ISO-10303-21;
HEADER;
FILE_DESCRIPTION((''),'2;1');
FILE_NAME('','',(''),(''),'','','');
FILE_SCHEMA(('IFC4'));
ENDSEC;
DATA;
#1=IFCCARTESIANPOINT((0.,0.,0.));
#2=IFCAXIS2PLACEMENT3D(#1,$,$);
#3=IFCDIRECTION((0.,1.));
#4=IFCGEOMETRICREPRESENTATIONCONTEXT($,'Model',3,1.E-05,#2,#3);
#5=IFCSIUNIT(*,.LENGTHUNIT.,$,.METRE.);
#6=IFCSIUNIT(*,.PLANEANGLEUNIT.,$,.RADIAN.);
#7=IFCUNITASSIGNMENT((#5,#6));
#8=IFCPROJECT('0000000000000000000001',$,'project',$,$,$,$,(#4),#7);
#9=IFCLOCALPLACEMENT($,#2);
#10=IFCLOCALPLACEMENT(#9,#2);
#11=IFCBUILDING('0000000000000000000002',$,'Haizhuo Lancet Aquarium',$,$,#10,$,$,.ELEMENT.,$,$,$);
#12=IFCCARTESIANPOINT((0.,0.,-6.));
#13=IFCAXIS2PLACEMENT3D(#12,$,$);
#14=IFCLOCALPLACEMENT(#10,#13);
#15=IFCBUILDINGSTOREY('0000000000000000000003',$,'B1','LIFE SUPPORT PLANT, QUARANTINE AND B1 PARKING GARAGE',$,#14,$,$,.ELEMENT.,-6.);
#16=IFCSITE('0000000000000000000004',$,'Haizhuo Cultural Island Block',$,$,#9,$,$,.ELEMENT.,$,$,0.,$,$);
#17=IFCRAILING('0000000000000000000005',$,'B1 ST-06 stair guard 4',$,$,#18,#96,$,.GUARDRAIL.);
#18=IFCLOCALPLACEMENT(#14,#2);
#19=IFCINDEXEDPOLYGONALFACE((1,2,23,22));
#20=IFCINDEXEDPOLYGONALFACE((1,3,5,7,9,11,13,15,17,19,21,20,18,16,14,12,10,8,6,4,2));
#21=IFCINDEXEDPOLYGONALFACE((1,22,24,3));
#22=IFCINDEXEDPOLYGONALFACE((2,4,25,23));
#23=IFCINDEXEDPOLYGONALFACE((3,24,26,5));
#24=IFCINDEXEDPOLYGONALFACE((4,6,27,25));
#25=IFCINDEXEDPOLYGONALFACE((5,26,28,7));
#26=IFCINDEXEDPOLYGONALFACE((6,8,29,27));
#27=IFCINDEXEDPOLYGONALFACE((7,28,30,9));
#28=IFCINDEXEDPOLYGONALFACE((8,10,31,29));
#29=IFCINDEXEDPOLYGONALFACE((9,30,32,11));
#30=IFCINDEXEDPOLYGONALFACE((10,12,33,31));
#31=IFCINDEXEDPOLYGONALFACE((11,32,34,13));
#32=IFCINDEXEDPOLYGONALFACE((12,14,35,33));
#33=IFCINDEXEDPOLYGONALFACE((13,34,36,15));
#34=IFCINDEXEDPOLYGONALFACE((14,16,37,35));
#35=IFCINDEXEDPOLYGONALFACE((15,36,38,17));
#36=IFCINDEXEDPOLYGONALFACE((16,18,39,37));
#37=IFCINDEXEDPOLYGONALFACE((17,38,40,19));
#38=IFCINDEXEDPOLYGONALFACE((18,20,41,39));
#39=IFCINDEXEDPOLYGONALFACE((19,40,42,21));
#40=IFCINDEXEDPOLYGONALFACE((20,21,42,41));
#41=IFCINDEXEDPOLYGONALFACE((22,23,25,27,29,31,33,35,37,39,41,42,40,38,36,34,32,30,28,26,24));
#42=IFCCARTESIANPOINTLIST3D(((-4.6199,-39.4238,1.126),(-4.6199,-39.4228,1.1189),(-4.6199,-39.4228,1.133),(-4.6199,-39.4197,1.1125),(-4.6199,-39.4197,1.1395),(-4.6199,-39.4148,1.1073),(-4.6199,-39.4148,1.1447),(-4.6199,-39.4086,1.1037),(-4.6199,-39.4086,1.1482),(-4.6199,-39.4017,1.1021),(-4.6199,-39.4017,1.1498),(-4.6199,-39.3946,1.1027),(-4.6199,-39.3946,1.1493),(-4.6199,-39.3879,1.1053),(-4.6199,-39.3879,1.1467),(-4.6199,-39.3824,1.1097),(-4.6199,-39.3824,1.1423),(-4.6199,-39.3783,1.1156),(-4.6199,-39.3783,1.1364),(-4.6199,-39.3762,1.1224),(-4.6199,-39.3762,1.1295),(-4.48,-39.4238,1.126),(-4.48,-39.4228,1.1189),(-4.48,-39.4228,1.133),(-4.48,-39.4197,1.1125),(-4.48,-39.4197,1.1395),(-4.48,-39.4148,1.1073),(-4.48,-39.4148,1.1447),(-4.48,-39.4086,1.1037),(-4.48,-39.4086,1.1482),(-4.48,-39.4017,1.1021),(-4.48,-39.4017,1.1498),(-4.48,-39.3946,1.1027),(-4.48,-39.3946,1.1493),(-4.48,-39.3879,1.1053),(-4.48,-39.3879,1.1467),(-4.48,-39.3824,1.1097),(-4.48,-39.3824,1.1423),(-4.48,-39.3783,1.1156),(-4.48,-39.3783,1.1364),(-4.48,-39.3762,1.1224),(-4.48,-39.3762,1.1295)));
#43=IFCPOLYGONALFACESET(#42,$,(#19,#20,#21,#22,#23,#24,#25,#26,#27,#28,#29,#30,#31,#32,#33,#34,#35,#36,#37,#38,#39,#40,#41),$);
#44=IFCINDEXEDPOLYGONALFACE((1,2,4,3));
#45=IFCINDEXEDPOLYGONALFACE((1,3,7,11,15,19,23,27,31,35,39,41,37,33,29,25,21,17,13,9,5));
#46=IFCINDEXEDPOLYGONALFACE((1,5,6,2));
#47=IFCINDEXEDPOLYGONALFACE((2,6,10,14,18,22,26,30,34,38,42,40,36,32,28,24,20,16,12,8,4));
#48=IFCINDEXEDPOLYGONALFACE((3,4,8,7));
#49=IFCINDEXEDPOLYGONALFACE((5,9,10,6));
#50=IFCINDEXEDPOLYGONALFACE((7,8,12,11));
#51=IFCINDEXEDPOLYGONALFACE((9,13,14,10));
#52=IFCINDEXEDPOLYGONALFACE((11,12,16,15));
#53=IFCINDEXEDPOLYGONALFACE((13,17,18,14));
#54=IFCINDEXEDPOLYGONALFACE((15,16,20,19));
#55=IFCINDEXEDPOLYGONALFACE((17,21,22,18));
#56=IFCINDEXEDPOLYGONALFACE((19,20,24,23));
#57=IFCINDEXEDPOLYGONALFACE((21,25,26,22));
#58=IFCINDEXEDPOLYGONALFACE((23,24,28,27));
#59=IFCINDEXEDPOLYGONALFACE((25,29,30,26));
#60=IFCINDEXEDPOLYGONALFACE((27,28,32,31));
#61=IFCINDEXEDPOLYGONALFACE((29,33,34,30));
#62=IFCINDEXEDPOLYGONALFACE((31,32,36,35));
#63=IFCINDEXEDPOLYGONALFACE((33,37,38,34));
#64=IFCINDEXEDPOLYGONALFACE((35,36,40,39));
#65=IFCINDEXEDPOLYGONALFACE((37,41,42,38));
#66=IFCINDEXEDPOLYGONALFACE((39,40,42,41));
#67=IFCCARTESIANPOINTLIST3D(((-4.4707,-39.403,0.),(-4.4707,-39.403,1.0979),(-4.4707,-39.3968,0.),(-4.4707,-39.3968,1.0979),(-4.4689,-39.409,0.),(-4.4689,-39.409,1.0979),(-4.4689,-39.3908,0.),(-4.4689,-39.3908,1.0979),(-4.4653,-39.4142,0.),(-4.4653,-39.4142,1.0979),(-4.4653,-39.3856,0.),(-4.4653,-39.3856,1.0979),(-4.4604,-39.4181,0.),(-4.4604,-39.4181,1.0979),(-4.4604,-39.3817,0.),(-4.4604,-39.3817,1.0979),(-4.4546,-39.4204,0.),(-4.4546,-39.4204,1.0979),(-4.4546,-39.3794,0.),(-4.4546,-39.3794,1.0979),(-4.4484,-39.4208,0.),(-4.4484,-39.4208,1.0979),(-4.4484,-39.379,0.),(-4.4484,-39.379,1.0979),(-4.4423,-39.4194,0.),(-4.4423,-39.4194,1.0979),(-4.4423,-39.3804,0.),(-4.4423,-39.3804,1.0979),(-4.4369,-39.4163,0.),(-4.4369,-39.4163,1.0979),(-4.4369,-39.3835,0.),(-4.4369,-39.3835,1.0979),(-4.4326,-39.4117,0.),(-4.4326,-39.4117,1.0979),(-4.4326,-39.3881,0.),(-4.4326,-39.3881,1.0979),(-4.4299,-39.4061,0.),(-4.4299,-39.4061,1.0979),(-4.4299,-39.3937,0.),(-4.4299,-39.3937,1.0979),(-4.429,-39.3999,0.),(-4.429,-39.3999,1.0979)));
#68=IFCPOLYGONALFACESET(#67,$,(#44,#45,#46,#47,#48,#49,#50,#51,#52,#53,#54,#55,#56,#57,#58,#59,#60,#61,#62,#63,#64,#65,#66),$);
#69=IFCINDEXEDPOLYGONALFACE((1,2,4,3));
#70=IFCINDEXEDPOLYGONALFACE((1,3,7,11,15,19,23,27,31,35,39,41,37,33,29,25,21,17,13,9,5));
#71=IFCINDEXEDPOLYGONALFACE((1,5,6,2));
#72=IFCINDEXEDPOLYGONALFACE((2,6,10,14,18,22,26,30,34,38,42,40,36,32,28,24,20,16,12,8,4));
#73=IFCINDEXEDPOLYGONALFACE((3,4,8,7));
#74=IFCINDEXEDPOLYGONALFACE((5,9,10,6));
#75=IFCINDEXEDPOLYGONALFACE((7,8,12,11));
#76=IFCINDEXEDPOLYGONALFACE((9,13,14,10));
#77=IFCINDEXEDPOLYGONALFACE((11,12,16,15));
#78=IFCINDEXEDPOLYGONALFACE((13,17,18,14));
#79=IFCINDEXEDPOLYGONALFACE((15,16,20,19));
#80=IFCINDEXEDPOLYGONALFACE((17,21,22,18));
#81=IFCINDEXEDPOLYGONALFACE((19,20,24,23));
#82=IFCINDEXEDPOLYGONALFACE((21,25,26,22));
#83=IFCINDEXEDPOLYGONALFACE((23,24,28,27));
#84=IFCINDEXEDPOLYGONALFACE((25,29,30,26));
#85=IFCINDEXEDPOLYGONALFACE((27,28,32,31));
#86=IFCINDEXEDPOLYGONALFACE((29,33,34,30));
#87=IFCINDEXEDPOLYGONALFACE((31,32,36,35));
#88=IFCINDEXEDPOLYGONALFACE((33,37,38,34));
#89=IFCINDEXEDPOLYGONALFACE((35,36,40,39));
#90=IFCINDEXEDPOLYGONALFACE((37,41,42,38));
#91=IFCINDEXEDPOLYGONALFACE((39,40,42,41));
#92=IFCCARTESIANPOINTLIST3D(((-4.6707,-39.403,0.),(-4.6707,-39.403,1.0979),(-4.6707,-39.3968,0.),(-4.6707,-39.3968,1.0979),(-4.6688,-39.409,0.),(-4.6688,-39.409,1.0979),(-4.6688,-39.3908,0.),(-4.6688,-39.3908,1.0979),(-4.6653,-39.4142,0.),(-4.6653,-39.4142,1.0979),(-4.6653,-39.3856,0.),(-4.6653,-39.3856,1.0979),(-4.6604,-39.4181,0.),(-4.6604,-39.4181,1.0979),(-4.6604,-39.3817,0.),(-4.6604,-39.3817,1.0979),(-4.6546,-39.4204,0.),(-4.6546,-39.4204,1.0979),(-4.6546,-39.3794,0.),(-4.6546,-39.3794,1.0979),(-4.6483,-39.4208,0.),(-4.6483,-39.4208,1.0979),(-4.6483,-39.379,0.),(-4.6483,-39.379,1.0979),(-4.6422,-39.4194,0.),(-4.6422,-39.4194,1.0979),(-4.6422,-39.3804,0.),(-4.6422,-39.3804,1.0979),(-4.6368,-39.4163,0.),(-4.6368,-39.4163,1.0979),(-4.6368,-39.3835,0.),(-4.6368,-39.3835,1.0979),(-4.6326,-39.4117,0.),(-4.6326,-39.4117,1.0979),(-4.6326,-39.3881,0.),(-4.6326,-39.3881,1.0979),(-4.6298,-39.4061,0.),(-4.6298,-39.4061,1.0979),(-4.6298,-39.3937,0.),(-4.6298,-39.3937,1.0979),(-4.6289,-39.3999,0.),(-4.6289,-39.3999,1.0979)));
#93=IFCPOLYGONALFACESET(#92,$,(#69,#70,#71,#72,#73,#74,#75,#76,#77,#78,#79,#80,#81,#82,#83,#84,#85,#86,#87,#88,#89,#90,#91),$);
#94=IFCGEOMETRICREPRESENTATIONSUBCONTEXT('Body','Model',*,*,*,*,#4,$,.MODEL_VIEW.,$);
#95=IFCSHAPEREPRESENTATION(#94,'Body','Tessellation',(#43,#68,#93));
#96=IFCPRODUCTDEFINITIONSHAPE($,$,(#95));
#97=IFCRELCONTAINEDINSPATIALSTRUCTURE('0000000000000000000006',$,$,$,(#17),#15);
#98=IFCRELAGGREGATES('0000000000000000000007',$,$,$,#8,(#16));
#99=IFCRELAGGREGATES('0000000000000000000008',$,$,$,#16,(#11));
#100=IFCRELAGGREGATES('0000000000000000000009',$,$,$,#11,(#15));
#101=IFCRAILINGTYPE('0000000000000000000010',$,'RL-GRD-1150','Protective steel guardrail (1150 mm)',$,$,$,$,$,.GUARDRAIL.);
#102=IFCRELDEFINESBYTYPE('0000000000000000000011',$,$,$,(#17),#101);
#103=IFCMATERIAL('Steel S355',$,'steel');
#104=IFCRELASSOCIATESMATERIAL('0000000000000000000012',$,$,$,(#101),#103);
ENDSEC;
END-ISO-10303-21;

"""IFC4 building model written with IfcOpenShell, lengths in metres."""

from ifc_helpers import new_model, si_unit, direction, frame, origin, origin_2d, place, context, subcontext, project, spatial, circle, extrude, material, type_object, element, save


model = new_model("IFC4")

# Units and contexts
model_context = context("Model", 3, precision=1e-05, world=origin(), true_north=direction((0.0, 1.0)))
body_context = subcontext(model_context, "Body", "Model", "MODEL_VIEW")
ifc_project = project(units=[si_unit("LENGTHUNIT", "METRE"), si_unit("PLANEANGLEUNIT", "RADIAN")], contexts=[model_context])

# Site, building, storey
site_placement = place(None, origin())
site = spatial("IfcSite", under=ifc_project, at=site_placement, Name="Haizhuo Cultural Island Block", CompositionType="ELEMENT", RefElevation=0.0)
building_placement = place(site_placement, origin())
building = spatial("IfcBuilding", under=site, at=building_placement, Name="Haizhuo Lancet Aquarium", CompositionType="ELEMENT")
storey_placement = place(building_placement, frame((0.0, 0.0, -6.0)))
storey = spatial("IfcBuildingStorey", under=building, at=storey_placement, Name="B1", Description="LIFE SUPPORT PLANT, QUARANTINE AND B1 PARKING GARAGE", CompositionType="ELEMENT", Elevation=-6.0)

# Shared definitions
ifc_material_1 = material(Name="Steel S355", Category="steel")

# Railing
railing_type_1 = type_object("IfcRailingType", Name="RL-GRD-1150", Description="Protective steel guardrail (1150 mm)", PredefinedType="GUARDRAIL", material=ifc_material_1)
railing_1_placement = place(storey_placement, frame((-4.45, -39.3999, 0.0)))
element("IfcRailing", 1, at=railing_1_placement, inside=storey, type_object=railing_type_1, Name="B1 ST-06 stair guard 4", PredefinedType="GUARDRAIL", context=body_context, shape_type="SweptSolid", body=[
    extrude(circle(Radius=0.0239, at=origin_2d()), frame((-0.03, 0.0, 1.126), z_axis=(-1.0, 0.0, 0.0), x_axis=(0.0, -1.0, 0.0)), (0.0, 0.0, 1.0), 0.1399),
    extrude(circle(Radius=0.021, at=origin_2d()), origin(), (0.0, 0.0, 1.0), 1.0979),
    extrude(circle(Radius=0.021, at=origin_2d()), frame((-0.2, 0.0, 0.0)), (0.0, 0.0, 1.0), 1.0979),
])

save(model, "model.ifc")
